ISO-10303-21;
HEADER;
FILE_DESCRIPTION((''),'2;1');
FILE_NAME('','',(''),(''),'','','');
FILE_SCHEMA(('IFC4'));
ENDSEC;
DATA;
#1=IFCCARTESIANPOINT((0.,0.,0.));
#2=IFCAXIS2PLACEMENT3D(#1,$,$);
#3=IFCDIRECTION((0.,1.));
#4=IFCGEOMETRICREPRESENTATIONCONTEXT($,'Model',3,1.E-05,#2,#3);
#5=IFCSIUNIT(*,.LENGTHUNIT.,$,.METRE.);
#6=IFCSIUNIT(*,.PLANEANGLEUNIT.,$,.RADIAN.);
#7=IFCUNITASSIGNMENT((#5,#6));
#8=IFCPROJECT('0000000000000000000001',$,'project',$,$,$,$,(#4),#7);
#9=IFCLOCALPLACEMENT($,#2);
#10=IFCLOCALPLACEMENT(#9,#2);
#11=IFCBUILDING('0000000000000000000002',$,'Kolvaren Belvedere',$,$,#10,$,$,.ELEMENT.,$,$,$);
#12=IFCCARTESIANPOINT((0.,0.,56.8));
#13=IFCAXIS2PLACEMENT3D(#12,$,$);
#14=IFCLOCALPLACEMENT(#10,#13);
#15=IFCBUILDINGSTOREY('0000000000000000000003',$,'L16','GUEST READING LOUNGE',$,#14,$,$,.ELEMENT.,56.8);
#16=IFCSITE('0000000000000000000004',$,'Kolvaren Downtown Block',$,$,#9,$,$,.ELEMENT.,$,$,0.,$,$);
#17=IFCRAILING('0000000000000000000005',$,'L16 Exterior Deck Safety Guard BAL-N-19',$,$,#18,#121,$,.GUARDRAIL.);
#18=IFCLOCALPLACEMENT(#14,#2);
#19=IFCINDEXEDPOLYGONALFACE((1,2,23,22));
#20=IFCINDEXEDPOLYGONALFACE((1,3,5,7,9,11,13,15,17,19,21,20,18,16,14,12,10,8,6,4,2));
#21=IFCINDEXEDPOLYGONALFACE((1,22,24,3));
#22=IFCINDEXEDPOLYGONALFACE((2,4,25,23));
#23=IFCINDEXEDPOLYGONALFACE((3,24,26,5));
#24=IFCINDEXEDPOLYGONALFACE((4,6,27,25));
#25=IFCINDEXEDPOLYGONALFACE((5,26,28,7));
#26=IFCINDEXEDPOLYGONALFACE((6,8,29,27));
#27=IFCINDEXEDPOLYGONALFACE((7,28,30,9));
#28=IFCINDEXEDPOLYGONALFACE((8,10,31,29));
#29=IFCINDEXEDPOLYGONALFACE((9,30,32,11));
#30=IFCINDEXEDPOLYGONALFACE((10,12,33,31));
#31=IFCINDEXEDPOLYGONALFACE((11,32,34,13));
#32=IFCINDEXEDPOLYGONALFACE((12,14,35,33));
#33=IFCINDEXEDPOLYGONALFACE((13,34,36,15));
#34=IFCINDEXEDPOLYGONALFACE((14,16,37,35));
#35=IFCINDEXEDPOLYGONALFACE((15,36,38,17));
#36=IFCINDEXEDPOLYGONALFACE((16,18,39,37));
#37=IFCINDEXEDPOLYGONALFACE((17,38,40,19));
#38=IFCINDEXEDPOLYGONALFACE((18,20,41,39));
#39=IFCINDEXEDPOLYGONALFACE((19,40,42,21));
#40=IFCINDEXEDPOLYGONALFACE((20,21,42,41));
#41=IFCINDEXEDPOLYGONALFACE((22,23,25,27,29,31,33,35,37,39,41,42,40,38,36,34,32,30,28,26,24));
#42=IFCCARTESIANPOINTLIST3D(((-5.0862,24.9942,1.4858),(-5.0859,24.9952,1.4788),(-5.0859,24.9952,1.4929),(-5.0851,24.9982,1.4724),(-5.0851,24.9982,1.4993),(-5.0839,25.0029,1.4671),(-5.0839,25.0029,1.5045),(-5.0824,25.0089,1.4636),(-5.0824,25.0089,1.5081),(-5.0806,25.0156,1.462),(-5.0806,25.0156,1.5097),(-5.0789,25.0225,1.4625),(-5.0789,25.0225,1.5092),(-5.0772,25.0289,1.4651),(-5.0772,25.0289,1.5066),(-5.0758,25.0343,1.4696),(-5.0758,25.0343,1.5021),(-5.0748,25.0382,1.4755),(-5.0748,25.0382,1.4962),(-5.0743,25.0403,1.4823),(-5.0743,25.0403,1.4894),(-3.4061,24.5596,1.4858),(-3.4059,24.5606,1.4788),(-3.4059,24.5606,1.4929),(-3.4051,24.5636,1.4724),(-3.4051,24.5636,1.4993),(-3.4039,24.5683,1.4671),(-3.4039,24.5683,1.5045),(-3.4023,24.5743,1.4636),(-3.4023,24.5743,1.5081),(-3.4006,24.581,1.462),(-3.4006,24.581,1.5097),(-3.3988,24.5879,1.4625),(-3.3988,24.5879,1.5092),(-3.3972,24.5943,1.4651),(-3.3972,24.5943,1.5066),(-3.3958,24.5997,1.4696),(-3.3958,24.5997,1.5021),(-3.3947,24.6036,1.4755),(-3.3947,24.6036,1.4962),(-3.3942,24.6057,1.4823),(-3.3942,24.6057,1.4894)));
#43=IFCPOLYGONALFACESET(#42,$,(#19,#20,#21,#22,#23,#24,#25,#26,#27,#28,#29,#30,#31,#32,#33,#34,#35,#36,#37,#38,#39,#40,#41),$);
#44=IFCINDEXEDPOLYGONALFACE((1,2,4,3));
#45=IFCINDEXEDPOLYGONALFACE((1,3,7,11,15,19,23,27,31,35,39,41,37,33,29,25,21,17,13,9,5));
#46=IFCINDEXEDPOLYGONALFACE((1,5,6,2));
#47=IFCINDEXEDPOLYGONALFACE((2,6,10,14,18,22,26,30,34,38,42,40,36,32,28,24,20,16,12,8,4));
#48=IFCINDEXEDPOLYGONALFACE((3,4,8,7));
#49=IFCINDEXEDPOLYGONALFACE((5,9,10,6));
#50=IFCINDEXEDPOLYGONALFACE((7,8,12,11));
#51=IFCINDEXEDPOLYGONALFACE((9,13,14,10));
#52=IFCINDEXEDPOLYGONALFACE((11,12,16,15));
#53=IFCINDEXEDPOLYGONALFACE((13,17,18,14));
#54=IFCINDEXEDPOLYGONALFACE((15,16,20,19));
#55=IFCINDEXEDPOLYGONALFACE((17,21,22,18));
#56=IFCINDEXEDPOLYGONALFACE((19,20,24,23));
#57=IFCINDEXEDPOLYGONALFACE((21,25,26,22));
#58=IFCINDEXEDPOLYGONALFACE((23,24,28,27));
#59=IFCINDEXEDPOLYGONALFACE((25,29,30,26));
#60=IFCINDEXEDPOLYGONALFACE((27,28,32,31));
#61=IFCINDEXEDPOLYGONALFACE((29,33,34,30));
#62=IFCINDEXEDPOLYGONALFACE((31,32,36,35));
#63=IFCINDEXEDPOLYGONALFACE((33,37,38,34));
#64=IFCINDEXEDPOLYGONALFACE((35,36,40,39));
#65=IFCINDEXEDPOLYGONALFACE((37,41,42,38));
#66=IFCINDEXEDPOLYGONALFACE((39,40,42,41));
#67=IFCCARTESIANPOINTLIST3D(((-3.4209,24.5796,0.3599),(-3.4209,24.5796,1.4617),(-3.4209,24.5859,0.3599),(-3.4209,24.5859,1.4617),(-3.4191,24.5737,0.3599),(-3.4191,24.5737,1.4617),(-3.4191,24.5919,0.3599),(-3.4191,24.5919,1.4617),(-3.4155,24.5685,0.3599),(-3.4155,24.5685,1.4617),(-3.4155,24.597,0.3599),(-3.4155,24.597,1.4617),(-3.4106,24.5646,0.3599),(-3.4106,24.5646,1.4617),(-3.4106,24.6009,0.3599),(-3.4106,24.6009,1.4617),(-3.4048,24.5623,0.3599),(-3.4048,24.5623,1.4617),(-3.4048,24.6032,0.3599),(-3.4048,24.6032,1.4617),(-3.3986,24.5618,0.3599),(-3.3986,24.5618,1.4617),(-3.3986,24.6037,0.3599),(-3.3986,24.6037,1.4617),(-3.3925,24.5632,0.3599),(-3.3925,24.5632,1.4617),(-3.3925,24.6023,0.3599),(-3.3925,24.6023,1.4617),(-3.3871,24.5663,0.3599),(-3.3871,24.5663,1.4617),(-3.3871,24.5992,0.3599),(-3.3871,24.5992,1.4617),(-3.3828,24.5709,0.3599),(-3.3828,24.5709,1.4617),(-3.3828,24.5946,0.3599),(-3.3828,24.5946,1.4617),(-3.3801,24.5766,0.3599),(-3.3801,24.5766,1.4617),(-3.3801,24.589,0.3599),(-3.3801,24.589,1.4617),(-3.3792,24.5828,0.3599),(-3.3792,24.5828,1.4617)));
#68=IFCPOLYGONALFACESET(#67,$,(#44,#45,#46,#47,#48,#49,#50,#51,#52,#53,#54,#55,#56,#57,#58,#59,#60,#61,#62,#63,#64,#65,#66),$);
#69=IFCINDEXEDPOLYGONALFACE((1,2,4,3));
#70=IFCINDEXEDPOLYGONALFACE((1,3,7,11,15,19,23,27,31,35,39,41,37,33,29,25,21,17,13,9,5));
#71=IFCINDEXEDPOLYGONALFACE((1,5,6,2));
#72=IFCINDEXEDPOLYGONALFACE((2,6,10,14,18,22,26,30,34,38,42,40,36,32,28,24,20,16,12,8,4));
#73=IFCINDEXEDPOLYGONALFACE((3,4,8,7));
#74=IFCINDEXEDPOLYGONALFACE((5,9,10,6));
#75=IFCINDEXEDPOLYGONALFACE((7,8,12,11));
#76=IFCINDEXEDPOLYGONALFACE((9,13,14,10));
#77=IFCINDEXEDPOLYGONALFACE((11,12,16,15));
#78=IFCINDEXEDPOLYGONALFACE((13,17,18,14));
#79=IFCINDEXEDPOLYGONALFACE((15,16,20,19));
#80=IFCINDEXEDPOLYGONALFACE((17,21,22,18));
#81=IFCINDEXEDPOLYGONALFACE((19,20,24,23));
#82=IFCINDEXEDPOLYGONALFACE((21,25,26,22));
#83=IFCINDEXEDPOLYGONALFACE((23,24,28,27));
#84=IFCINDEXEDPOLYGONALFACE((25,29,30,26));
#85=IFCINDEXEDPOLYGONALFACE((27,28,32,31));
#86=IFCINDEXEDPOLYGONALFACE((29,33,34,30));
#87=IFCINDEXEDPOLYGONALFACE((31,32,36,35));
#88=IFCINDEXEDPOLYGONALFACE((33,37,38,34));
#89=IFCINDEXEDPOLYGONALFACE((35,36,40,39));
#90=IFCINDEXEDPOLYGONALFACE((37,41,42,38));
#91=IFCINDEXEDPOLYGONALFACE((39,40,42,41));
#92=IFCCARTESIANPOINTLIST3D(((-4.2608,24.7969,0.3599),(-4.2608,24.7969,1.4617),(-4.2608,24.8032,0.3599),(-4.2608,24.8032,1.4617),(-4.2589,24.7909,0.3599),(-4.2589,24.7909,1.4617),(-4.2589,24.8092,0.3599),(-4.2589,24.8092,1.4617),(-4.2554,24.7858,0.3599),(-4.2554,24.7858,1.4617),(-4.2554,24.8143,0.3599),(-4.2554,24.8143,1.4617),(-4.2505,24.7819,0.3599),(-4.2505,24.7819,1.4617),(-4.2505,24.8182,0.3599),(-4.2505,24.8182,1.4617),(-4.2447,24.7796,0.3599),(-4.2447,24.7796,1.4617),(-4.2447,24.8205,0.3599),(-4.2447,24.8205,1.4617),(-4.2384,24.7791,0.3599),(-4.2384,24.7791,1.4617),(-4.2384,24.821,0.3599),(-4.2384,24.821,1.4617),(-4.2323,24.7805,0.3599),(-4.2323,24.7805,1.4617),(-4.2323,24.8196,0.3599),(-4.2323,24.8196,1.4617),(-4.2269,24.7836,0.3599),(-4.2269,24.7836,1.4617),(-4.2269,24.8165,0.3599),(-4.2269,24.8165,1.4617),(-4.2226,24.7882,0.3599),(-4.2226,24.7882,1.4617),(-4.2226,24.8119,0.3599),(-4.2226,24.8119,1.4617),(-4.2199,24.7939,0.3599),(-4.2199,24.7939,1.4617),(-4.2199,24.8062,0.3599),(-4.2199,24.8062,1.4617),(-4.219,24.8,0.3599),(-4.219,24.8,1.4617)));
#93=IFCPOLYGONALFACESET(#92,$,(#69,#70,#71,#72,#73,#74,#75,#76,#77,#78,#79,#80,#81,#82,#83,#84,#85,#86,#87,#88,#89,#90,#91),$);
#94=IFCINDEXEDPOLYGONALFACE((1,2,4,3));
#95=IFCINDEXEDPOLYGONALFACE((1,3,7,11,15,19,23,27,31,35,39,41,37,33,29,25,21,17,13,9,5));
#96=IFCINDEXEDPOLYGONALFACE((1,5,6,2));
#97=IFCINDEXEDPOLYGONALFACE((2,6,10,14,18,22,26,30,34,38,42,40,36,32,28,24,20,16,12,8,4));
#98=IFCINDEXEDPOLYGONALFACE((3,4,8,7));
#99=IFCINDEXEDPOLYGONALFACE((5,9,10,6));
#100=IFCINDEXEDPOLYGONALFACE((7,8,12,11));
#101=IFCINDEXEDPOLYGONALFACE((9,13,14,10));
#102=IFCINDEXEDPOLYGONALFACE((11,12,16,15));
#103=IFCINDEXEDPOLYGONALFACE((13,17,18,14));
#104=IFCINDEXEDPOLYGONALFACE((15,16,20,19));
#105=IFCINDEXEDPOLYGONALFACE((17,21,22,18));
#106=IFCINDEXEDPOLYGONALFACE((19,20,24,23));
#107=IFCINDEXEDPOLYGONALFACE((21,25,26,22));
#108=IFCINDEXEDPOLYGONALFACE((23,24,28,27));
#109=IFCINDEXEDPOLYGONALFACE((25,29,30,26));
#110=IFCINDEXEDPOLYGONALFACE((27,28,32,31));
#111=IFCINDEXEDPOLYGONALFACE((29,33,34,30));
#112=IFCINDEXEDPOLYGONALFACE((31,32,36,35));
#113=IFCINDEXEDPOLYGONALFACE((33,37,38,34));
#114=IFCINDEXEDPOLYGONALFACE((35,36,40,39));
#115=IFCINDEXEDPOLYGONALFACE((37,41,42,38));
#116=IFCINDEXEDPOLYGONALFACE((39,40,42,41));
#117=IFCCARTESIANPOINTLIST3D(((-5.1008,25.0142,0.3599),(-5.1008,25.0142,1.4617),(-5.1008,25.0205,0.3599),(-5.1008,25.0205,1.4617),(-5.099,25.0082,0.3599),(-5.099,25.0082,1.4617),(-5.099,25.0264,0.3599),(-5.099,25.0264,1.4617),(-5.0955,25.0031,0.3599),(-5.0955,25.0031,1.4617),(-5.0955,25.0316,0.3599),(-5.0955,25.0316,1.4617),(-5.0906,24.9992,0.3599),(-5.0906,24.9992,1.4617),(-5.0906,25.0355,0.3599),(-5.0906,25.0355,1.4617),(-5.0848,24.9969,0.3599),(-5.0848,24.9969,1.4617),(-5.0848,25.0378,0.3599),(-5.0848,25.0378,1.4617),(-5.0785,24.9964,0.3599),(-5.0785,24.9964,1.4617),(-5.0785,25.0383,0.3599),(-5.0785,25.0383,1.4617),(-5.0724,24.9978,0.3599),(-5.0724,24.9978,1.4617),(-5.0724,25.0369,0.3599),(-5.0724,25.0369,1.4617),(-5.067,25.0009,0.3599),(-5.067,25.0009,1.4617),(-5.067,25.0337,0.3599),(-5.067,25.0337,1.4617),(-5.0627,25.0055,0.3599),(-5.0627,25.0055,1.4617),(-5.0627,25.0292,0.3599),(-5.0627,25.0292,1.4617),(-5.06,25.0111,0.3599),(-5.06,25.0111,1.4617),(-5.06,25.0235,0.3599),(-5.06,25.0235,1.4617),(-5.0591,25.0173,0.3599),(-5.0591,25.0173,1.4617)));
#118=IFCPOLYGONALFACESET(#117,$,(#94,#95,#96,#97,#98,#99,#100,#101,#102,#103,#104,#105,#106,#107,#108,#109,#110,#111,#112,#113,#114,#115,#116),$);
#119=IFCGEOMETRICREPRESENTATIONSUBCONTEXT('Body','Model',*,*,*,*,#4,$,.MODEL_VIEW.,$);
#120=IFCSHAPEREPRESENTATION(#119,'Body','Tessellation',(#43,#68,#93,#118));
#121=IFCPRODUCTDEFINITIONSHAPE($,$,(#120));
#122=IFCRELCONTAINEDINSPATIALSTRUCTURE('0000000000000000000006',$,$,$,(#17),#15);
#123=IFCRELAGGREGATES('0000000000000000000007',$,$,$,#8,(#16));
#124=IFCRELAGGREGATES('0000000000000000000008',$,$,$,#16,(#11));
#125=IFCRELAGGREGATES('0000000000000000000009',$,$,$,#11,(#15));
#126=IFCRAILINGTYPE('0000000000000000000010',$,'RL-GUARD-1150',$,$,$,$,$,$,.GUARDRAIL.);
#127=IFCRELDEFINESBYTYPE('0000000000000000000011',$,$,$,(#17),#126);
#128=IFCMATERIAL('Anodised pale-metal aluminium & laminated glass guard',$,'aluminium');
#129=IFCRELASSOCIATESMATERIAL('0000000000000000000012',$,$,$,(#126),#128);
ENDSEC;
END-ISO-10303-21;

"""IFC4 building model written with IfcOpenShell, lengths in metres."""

from ifc_helpers import new_model, si_unit, direction, frame, origin, origin_2d, place, context, subcontext, project, spatial, circle, extrude, material, type_object, element, save


model = new_model("IFC4")

# Units and contexts
model_context = context("Model", 3, precision=1e-05, world=origin(), true_north=direction((0.0, 1.0)))
body_context = subcontext(model_context, "Body", "Model", "MODEL_VIEW")
ifc_project = project(units=[si_unit("LENGTHUNIT", "METRE"), si_unit("PLANEANGLEUNIT", "RADIAN")], contexts=[model_context])

# Site, building, storey
site_placement = place(None, origin())
site = spatial("IfcSite", under=ifc_project, at=site_placement, Name="Kolvaren Downtown Block", CompositionType="ELEMENT", RefElevation=0.0)
building_placement = place(site_placement, origin())
building = spatial("IfcBuilding", under=site, at=building_placement, Name="Kolvaren Belvedere", CompositionType="ELEMENT")
storey_placement = place(building_placement, frame((0.0, 0.0, 56.8)))
storey = spatial("IfcBuildingStorey", under=building, at=storey_placement, Name="L16", Description="GUEST READING LOUNGE", CompositionType="ELEMENT", Elevation=56.8)

# Railing
ifc_material_1 = material(Name="Anodised pale-metal aluminium & laminated glass guard", Category="aluminium")
railing_type = type_object("IfcRailingType", Name="RL-GUARD-1150", PredefinedType="GUARDRAIL", material=ifc_material_1)
railing_1_placement = place(storey_placement, frame((-3.4001, 24.5828, 0.3599)))
element("IfcRailing", 1, at=railing_1_placement, inside=storey, type_object=railing_type, Name="L16 Exterior Deck Safety Guard BAL-N-19", PredefinedType="GUARDRAIL", context=body_context, shape_type="SweptSolid", body=[
    extrude(circle(Radius=0.0239, at=origin_2d()), frame((0.0, 0.0, 1.126), z_axis=(-0.968132, 0.25044, 0.0), x_axis=(-0.25044, -0.968132, 0.0)), (0.0, 0.0, 1.0), 1.7354),
    extrude(circle(Radius=0.021, at=origin_2d()), origin(), (0.0, 0.0, 1.0), 1.1018),
    extrude(circle(Radius=0.021, at=origin_2d()), frame((-0.8398, 0.2173, 0.0)), (0.0, 0.0, 1.0), 1.1018),
    extrude(circle(Radius=0.021, at=origin_2d()), frame((-1.6799, 0.4346, 0.0)), (0.0, 0.0, 1.0), 1.1018),
])

save(model, "model.ifc")
